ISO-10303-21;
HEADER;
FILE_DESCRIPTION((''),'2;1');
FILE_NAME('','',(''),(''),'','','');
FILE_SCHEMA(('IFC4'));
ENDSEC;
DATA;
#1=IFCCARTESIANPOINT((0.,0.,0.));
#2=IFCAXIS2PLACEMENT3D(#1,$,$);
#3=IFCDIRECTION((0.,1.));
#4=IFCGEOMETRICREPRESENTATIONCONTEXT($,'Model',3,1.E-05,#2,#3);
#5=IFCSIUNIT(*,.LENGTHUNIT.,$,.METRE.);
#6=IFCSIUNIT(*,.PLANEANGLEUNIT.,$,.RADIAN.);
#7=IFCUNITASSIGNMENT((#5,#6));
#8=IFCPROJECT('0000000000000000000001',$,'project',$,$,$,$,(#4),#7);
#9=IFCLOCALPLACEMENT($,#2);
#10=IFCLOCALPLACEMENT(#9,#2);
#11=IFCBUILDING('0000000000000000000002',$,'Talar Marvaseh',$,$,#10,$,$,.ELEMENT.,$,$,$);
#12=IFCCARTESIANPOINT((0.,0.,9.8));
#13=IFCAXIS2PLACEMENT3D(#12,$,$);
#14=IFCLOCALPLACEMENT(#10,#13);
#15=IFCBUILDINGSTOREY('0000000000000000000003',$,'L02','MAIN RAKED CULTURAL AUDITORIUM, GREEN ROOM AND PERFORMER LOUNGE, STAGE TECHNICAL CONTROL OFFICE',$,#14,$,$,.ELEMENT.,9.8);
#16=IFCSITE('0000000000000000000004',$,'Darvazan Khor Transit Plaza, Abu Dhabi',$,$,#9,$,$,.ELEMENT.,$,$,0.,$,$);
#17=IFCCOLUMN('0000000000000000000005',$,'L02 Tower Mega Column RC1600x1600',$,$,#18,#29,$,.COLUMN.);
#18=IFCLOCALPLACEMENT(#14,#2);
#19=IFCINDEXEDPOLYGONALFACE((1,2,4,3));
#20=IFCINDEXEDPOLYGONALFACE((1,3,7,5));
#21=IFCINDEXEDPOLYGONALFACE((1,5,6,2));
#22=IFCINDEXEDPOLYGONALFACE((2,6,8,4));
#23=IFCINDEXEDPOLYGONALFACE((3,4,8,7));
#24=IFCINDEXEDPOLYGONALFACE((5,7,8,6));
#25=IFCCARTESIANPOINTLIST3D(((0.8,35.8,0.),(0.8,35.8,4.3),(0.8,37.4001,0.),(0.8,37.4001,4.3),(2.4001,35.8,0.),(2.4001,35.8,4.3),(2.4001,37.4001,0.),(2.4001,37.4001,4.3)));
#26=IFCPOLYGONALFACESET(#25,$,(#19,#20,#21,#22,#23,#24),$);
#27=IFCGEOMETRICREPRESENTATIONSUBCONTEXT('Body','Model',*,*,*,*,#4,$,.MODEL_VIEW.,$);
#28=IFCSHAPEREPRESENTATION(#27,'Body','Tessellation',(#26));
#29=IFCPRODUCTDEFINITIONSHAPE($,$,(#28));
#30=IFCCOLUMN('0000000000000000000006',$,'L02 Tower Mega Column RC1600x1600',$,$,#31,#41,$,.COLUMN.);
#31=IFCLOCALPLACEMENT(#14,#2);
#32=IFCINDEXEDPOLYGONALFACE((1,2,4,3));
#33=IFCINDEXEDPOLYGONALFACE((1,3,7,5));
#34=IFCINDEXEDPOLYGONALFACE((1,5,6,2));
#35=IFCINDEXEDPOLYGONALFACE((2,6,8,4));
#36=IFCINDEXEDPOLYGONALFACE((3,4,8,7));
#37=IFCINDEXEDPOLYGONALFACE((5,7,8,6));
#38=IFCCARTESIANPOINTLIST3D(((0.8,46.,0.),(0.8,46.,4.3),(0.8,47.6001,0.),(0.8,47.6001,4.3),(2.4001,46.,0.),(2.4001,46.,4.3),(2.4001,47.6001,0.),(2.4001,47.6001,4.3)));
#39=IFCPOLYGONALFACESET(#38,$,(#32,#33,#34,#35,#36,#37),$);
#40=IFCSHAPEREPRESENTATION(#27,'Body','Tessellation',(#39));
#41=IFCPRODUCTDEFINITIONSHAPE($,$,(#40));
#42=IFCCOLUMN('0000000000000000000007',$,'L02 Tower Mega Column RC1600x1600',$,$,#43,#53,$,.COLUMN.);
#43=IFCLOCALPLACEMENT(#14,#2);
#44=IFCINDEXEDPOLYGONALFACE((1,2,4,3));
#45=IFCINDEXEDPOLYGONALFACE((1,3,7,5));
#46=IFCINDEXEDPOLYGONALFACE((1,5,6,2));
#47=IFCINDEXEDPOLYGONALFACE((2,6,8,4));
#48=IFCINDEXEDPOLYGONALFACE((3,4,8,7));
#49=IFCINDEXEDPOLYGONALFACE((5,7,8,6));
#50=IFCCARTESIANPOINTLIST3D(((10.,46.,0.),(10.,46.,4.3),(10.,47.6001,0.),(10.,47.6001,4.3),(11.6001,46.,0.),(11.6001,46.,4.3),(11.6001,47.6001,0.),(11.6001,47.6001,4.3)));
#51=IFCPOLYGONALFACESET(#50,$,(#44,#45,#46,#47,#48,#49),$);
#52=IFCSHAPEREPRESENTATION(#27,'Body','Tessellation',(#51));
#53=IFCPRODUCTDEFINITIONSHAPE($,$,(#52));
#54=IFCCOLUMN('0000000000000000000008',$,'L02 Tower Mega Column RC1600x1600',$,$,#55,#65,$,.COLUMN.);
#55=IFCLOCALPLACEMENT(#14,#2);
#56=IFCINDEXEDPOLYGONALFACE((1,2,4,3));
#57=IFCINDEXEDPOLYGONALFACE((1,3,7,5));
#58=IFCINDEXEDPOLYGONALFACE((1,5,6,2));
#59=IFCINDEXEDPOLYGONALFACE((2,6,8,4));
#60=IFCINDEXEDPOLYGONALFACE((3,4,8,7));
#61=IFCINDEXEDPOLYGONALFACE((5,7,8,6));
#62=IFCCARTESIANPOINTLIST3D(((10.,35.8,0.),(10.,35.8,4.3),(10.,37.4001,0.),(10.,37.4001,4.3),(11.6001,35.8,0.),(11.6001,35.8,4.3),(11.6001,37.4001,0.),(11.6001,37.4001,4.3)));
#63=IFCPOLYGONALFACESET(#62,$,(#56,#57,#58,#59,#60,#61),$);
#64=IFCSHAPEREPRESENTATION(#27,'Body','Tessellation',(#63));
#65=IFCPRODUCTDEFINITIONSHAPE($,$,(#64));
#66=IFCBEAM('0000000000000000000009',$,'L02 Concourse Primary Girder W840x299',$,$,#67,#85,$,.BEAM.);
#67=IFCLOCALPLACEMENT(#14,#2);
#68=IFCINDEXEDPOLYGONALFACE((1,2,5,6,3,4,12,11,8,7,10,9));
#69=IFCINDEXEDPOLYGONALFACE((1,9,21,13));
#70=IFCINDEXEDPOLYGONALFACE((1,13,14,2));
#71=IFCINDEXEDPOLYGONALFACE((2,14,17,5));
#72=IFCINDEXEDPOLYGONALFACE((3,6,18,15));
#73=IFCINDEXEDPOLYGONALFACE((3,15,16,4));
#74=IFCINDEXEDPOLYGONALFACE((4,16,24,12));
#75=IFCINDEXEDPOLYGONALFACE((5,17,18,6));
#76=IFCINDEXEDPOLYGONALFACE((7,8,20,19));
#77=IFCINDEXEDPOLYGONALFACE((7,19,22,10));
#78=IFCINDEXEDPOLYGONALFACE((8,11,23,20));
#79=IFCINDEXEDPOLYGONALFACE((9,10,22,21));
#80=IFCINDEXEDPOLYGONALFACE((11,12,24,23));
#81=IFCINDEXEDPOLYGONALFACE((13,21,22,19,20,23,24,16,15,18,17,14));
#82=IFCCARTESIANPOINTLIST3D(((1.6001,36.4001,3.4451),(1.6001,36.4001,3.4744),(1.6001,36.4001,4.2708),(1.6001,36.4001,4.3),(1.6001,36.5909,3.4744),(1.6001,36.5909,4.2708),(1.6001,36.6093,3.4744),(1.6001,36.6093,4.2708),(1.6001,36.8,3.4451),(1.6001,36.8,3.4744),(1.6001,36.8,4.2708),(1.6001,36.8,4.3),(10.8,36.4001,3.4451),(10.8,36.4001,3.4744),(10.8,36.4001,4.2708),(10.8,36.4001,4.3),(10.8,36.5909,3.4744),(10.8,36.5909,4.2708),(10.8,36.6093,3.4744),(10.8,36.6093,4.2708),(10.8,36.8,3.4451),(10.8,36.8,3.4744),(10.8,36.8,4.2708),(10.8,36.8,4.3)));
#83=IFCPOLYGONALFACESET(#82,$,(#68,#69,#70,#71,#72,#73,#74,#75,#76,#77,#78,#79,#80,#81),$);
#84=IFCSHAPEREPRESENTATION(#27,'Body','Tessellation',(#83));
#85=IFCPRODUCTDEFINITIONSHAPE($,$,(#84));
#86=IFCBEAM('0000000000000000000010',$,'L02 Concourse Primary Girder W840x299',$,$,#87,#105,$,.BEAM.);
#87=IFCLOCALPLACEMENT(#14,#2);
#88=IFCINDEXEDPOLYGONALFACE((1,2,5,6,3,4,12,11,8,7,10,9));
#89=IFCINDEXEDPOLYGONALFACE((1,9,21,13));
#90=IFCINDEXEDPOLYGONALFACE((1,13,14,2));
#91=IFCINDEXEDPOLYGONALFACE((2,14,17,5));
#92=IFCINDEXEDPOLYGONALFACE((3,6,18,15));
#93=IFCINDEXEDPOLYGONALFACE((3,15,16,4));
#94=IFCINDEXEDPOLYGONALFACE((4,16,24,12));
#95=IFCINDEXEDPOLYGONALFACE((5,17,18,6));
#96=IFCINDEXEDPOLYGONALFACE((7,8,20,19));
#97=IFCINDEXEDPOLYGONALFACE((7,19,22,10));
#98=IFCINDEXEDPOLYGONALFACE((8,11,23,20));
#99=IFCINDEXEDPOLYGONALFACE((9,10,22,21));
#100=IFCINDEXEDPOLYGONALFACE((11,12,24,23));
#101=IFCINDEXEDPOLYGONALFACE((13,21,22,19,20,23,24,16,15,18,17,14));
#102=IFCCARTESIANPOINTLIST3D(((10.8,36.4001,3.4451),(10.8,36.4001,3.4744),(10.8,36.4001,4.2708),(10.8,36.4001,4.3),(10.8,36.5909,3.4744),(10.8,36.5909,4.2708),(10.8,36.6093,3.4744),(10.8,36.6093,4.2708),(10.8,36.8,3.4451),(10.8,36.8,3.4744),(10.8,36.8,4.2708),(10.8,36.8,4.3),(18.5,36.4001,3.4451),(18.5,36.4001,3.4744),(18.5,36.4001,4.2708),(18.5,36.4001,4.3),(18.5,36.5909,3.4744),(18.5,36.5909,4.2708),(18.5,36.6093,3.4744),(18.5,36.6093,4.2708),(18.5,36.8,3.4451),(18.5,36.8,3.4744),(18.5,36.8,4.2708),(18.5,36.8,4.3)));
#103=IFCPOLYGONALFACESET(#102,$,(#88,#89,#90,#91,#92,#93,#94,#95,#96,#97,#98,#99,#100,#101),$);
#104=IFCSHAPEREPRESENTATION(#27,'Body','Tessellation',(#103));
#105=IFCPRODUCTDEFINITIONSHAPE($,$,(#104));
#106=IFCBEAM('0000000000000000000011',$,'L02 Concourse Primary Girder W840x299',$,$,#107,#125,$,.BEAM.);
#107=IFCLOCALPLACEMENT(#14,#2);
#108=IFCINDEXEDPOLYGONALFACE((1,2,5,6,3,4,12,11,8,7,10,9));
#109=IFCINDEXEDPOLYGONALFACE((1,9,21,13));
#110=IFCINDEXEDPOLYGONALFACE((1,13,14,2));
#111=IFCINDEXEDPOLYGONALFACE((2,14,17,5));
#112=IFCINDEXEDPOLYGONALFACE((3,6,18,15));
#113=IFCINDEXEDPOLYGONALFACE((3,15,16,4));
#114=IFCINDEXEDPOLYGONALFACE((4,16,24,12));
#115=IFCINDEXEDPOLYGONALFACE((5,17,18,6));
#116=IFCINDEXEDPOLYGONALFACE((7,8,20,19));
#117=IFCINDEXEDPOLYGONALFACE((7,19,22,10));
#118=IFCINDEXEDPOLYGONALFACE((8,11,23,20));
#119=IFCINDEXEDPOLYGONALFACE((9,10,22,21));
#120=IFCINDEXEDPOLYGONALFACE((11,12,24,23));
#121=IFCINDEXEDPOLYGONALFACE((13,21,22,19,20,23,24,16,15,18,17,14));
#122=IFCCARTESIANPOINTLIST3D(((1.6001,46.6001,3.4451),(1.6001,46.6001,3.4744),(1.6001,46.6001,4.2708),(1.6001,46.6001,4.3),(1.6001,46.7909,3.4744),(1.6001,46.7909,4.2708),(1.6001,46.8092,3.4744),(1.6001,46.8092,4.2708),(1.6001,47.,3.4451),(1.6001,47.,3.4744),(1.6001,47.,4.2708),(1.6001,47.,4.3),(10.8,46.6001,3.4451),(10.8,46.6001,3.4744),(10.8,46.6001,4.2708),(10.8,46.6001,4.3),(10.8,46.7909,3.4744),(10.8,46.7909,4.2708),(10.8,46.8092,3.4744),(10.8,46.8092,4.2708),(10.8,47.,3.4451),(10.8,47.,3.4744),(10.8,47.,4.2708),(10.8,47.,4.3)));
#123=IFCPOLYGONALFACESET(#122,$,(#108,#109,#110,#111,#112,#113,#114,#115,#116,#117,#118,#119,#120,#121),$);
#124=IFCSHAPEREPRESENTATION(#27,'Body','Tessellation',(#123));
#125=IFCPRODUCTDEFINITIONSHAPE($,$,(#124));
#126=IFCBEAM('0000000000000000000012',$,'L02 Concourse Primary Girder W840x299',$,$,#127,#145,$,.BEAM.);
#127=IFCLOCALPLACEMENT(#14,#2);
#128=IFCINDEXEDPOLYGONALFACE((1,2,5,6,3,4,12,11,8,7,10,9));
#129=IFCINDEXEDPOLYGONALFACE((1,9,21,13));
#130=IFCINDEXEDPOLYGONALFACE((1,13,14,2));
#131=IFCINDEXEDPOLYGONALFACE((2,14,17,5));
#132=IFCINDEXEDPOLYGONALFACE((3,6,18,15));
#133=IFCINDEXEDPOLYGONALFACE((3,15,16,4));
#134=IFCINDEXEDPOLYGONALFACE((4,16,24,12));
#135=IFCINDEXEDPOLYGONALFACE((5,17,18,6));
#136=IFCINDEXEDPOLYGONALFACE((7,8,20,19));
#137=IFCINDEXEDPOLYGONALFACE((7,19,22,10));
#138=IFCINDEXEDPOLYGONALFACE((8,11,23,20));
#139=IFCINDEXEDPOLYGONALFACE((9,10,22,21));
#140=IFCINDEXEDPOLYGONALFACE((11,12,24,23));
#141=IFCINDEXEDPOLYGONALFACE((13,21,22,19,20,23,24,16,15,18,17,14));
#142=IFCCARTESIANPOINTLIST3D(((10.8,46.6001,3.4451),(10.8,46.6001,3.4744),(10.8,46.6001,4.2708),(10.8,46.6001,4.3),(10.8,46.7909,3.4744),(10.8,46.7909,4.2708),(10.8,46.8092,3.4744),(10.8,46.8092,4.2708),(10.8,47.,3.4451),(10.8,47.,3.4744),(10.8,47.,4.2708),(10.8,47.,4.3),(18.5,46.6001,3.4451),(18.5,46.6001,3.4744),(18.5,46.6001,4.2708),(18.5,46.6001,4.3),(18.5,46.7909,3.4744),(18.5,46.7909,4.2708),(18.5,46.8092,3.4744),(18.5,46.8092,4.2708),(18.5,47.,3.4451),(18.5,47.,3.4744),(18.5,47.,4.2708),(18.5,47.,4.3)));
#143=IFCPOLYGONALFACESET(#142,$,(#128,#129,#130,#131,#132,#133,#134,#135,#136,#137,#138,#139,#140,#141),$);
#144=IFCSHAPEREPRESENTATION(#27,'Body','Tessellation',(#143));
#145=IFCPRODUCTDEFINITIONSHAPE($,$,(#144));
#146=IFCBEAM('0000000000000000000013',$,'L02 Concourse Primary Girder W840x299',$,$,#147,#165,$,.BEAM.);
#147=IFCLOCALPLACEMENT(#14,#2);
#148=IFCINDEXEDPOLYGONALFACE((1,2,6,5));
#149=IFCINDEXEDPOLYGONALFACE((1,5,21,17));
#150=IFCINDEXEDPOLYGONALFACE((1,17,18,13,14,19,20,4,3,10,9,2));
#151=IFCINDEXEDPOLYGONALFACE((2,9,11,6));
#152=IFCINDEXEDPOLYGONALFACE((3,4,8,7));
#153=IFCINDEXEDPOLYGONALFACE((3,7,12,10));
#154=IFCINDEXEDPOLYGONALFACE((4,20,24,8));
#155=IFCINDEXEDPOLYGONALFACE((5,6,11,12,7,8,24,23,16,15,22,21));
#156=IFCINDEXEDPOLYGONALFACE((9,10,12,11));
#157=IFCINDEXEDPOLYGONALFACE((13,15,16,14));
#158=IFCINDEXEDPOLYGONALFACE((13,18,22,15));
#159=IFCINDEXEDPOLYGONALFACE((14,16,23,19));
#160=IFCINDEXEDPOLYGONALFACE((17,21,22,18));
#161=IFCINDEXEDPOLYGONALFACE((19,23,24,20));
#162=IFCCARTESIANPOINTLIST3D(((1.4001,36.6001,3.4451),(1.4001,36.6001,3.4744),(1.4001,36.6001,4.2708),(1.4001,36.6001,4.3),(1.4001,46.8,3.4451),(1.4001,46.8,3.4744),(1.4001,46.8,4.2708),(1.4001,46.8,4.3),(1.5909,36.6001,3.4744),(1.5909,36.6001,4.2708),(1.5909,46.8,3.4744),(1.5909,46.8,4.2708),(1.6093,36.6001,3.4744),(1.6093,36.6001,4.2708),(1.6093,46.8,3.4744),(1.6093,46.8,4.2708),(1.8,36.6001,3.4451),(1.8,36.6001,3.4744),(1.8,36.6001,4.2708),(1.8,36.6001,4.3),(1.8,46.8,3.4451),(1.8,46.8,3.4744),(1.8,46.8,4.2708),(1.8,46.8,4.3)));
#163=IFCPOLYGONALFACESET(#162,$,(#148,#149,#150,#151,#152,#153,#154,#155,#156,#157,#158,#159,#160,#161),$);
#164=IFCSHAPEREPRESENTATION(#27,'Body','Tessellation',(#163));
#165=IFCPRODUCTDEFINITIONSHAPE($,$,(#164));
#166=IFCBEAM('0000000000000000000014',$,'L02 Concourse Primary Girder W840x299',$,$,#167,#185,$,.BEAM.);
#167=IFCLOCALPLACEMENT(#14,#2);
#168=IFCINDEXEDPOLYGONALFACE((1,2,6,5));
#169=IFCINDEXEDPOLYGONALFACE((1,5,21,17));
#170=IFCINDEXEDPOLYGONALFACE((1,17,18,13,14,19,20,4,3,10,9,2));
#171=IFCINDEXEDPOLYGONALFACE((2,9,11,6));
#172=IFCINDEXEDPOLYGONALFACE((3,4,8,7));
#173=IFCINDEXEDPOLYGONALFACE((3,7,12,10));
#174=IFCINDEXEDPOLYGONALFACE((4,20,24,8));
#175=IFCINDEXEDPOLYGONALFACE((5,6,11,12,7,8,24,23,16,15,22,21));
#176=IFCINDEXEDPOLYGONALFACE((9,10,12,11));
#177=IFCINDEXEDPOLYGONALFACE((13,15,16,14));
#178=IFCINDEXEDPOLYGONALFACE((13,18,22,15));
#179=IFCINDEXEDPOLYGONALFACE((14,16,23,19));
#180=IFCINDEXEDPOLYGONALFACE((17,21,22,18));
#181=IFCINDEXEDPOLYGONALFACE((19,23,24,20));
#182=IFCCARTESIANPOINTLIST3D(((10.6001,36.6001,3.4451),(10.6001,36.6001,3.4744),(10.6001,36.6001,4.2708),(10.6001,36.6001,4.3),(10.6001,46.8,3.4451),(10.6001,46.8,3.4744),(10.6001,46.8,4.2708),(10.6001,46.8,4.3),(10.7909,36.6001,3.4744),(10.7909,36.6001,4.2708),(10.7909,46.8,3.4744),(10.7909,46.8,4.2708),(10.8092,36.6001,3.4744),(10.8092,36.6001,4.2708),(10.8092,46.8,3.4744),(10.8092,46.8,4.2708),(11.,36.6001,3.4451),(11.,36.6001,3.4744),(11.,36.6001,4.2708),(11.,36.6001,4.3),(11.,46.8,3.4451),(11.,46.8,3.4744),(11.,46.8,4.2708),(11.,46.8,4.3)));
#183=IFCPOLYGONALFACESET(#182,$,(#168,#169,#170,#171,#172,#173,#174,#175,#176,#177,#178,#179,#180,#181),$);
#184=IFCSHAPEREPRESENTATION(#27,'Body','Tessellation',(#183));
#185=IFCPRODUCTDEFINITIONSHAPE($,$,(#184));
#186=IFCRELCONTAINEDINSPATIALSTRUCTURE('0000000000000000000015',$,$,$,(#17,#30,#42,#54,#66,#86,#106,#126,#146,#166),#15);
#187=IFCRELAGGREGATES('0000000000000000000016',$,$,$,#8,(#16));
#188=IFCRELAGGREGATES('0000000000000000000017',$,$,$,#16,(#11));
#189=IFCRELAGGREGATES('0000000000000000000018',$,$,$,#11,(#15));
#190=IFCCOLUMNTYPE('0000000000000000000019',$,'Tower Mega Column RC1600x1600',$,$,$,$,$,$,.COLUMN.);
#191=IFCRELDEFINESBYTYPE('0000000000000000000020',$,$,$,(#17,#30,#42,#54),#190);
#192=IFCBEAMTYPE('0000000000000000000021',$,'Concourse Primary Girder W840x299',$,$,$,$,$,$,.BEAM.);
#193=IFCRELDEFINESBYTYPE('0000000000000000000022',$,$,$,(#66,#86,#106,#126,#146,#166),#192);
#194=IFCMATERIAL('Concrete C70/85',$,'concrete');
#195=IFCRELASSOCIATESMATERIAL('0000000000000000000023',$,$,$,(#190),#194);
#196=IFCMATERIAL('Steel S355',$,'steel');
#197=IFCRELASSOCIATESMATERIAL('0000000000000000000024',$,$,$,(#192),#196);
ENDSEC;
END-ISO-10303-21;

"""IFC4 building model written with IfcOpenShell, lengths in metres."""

from ifc_helpers import new_model, si_unit, direction, frame, origin, origin_2d, place, context, subcontext, project, spatial, rectangle, i_section, extrude, material, material_profile, profile_set, type_object, element, save


model = new_model("IFC4")

# Units and contexts
model_context = context("Model", 3, precision=1e-05, world=origin(), true_north=direction((0.0, 1.0)))
body_context = subcontext(model_context, "Body", "Model", "MODEL_VIEW")
ifc_project = project(units=[si_unit("LENGTHUNIT", "METRE"), si_unit("PLANEANGLEUNIT", "RADIAN")], contexts=[model_context])

# Site, building, storey
site_placement = place(None, origin())
site = spatial("IfcSite", under=ifc_project, at=site_placement, Name="Darvazan Khor Transit Plaza, Abu Dhabi", CompositionType="ELEMENT", RefElevation=0.0)
building_placement = place(site_placement, origin())
building = spatial("IfcBuilding", under=site, at=building_placement, Name="Talar Marvaseh", CompositionType="ELEMENT")
storey_placement = place(building_placement, frame((0.0, 0.0, 9.8)))
storey = spatial("IfcBuildingStorey", under=building, at=storey_placement, Name="L02", Description="MAIN RAKED CULTURAL AUDITORIUM, GREEN ROOM AND PERFORMER LOUNGE, STAGE TECHNICAL CONTROL OFFICE", CompositionType="ELEMENT", Elevation=9.8)

# Columns
ifc_material_1 = material(Name="Concrete C70/85", Category="concrete")
ifc_material_profile_1 = material_profile(ifc_material_1, rectangle(XDim=1.6001, YDim=1.6001, at=origin_2d()), Name="RC1600x1600")
ifc_profile_set_1 = profile_set([ifc_material_profile_1], Name="Concrete C70/85")
column_type = type_object("IfcColumnType", Name="Tower Mega Column RC1600x1600", PredefinedType="COLUMN", material=ifc_profile_set_1)
for number, where, z_axis, x_axis, name in (
    (1, (1.6001, 36.6001, 0.0), (0.0, 0.0, 1.0), (1.0, 0.0, 0.0), "L02 Tower Mega Column RC1600x1600"),
    (2, (1.6001, 46.8, 0.0), (0.0, 0.0, 1.0), (1.0, 0.0, 0.0), "L02 Tower Mega Column RC1600x1600"),
    (3, (10.8, 46.8, 0.0), (0.0, 0.0, 1.0), (1.0, 0.0, 0.0), "L02 Tower Mega Column RC1600x1600"),
    (4, (10.8, 36.6001, 0.0), (0.0, 0.0, 1.0), (1.0, 0.0, 0.0), "L02 Tower Mega Column RC1600x1600"),
):
    element("IfcColumn", number, at=place(storey_placement, frame(where, z_axis=z_axis, x_axis=x_axis)), inside=storey, type_object=column_type, Name=name, PredefinedType="COLUMN", context=body_context, shape_type="SweptSolid", body=[
        extrude(rectangle(XDim=1.6001, YDim=1.6001, at=origin_2d()), origin(), (0.0, 0.0, 1.0), 4.3),
    ])

# Beams
ifc_material_2 = material(Name="Steel S355", Category="steel")
ifc_material_profile_2 = material_profile(ifc_material_2, i_section(OverallWidth=0.3999, OverallDepth=0.855, WebThickness=0.0183, FlangeThickness=0.0293, at=origin_2d()), Name="W840x299")
ifc_profile_set_2 = profile_set([ifc_material_profile_2], Name="Steel S355")
beam_type = type_object("IfcBeamType", Name="Concourse Primary Girder W840x299", PredefinedType="BEAM", material=ifc_profile_set_2)
beam_1_placement = place(storey_placement, frame((1.6001, 36.6001, 3.8726), z_axis=(1.0, 0.0, 0.0), x_axis=(0.0, 1.0, 0.0)))
element("IfcBeam", 5, at=beam_1_placement, inside=storey, type_object=beam_type, Name="L02 Concourse Primary Girder W840x299", PredefinedType="BEAM", context=body_context, shape_type="SweptSolid", body=[
    extrude(i_section(OverallWidth=0.3999, OverallDepth=0.855, WebThickness=0.0183, FlangeThickness=0.0293, at=origin_2d()), origin(), (0.0, 0.0, 1.0), 9.2),
])
beam_2_placement = place(storey_placement, frame((10.8, 36.6001, 3.8726), z_axis=(1.0, 0.0, 0.0), x_axis=(0.0, 1.0, 0.0)))
element("IfcBeam", 6, at=beam_2_placement, inside=storey, type_object=beam_type, Name="L02 Concourse Primary Girder W840x299", PredefinedType="BEAM", context=body_context, shape_type="SweptSolid", body=[
    extrude(i_section(OverallWidth=0.3999, OverallDepth=0.855, WebThickness=0.0183, FlangeThickness=0.0293, at=origin_2d()), origin(), (0.0, 0.0, 1.0), 7.7),
])
beam_3_placement = place(storey_placement, frame((1.6001, 46.8, 3.8726), z_axis=(1.0, 0.0, 0.0), x_axis=(0.0, 1.0, 0.0)))
element("IfcBeam", 7, at=beam_3_placement, inside=storey, type_object=beam_type, Name="L02 Concourse Primary Girder W840x299", PredefinedType="BEAM", context=body_context, shape_type="SweptSolid", body=[
    extrude(i_section(OverallWidth=0.3999, OverallDepth=0.855, WebThickness=0.0183, FlangeThickness=0.0293, at=origin_2d()), origin(), (0.0, 0.0, 1.0), 9.2),
])
beam_4_placement = place(storey_placement, frame((10.8, 46.8, 3.8726), z_axis=(1.0, 0.0, 0.0), x_axis=(0.0, 1.0, 0.0)))
element("IfcBeam", 8, at=beam_4_placement, inside=storey, type_object=beam_type, Name="L02 Concourse Primary Girder W840x299", PredefinedType="BEAM", context=body_context, shape_type="SweptSolid", body=[
    extrude(i_section(OverallWidth=0.3999, OverallDepth=0.855, WebThickness=0.0183, FlangeThickness=0.0293, at=origin_2d()), origin(), (0.0, 0.0, 1.0), 7.7),
])
for number, where, z_axis, x_axis, name in (
    (9, (1.6001, 36.6001, 3.8726), (0.0, 1.0, 0.0), (-1.0, 0.0, 0.0), "L02 Concourse Primary Girder W840x299"),
    (10, (10.8, 36.6001, 3.8726), (0.0, 1.0, 0.0), (-1.0, 0.0, 0.0), "L02 Concourse Primary Girder W840x299"),
):
    element("IfcBeam", number, at=place(storey_placement, frame(where, z_axis=z_axis, x_axis=x_axis)), inside=storey, type_object=beam_type, Name=name, PredefinedType="BEAM", context=body_context, shape_type="SweptSolid", body=[
        extrude(i_section(OverallWidth=0.3999, OverallDepth=0.855, WebThickness=0.0183, FlangeThickness=0.0293, at=origin_2d()), origin(), (0.0, 0.0, 1.0), 10.2),
    ])

save(model, "model.ifc")
